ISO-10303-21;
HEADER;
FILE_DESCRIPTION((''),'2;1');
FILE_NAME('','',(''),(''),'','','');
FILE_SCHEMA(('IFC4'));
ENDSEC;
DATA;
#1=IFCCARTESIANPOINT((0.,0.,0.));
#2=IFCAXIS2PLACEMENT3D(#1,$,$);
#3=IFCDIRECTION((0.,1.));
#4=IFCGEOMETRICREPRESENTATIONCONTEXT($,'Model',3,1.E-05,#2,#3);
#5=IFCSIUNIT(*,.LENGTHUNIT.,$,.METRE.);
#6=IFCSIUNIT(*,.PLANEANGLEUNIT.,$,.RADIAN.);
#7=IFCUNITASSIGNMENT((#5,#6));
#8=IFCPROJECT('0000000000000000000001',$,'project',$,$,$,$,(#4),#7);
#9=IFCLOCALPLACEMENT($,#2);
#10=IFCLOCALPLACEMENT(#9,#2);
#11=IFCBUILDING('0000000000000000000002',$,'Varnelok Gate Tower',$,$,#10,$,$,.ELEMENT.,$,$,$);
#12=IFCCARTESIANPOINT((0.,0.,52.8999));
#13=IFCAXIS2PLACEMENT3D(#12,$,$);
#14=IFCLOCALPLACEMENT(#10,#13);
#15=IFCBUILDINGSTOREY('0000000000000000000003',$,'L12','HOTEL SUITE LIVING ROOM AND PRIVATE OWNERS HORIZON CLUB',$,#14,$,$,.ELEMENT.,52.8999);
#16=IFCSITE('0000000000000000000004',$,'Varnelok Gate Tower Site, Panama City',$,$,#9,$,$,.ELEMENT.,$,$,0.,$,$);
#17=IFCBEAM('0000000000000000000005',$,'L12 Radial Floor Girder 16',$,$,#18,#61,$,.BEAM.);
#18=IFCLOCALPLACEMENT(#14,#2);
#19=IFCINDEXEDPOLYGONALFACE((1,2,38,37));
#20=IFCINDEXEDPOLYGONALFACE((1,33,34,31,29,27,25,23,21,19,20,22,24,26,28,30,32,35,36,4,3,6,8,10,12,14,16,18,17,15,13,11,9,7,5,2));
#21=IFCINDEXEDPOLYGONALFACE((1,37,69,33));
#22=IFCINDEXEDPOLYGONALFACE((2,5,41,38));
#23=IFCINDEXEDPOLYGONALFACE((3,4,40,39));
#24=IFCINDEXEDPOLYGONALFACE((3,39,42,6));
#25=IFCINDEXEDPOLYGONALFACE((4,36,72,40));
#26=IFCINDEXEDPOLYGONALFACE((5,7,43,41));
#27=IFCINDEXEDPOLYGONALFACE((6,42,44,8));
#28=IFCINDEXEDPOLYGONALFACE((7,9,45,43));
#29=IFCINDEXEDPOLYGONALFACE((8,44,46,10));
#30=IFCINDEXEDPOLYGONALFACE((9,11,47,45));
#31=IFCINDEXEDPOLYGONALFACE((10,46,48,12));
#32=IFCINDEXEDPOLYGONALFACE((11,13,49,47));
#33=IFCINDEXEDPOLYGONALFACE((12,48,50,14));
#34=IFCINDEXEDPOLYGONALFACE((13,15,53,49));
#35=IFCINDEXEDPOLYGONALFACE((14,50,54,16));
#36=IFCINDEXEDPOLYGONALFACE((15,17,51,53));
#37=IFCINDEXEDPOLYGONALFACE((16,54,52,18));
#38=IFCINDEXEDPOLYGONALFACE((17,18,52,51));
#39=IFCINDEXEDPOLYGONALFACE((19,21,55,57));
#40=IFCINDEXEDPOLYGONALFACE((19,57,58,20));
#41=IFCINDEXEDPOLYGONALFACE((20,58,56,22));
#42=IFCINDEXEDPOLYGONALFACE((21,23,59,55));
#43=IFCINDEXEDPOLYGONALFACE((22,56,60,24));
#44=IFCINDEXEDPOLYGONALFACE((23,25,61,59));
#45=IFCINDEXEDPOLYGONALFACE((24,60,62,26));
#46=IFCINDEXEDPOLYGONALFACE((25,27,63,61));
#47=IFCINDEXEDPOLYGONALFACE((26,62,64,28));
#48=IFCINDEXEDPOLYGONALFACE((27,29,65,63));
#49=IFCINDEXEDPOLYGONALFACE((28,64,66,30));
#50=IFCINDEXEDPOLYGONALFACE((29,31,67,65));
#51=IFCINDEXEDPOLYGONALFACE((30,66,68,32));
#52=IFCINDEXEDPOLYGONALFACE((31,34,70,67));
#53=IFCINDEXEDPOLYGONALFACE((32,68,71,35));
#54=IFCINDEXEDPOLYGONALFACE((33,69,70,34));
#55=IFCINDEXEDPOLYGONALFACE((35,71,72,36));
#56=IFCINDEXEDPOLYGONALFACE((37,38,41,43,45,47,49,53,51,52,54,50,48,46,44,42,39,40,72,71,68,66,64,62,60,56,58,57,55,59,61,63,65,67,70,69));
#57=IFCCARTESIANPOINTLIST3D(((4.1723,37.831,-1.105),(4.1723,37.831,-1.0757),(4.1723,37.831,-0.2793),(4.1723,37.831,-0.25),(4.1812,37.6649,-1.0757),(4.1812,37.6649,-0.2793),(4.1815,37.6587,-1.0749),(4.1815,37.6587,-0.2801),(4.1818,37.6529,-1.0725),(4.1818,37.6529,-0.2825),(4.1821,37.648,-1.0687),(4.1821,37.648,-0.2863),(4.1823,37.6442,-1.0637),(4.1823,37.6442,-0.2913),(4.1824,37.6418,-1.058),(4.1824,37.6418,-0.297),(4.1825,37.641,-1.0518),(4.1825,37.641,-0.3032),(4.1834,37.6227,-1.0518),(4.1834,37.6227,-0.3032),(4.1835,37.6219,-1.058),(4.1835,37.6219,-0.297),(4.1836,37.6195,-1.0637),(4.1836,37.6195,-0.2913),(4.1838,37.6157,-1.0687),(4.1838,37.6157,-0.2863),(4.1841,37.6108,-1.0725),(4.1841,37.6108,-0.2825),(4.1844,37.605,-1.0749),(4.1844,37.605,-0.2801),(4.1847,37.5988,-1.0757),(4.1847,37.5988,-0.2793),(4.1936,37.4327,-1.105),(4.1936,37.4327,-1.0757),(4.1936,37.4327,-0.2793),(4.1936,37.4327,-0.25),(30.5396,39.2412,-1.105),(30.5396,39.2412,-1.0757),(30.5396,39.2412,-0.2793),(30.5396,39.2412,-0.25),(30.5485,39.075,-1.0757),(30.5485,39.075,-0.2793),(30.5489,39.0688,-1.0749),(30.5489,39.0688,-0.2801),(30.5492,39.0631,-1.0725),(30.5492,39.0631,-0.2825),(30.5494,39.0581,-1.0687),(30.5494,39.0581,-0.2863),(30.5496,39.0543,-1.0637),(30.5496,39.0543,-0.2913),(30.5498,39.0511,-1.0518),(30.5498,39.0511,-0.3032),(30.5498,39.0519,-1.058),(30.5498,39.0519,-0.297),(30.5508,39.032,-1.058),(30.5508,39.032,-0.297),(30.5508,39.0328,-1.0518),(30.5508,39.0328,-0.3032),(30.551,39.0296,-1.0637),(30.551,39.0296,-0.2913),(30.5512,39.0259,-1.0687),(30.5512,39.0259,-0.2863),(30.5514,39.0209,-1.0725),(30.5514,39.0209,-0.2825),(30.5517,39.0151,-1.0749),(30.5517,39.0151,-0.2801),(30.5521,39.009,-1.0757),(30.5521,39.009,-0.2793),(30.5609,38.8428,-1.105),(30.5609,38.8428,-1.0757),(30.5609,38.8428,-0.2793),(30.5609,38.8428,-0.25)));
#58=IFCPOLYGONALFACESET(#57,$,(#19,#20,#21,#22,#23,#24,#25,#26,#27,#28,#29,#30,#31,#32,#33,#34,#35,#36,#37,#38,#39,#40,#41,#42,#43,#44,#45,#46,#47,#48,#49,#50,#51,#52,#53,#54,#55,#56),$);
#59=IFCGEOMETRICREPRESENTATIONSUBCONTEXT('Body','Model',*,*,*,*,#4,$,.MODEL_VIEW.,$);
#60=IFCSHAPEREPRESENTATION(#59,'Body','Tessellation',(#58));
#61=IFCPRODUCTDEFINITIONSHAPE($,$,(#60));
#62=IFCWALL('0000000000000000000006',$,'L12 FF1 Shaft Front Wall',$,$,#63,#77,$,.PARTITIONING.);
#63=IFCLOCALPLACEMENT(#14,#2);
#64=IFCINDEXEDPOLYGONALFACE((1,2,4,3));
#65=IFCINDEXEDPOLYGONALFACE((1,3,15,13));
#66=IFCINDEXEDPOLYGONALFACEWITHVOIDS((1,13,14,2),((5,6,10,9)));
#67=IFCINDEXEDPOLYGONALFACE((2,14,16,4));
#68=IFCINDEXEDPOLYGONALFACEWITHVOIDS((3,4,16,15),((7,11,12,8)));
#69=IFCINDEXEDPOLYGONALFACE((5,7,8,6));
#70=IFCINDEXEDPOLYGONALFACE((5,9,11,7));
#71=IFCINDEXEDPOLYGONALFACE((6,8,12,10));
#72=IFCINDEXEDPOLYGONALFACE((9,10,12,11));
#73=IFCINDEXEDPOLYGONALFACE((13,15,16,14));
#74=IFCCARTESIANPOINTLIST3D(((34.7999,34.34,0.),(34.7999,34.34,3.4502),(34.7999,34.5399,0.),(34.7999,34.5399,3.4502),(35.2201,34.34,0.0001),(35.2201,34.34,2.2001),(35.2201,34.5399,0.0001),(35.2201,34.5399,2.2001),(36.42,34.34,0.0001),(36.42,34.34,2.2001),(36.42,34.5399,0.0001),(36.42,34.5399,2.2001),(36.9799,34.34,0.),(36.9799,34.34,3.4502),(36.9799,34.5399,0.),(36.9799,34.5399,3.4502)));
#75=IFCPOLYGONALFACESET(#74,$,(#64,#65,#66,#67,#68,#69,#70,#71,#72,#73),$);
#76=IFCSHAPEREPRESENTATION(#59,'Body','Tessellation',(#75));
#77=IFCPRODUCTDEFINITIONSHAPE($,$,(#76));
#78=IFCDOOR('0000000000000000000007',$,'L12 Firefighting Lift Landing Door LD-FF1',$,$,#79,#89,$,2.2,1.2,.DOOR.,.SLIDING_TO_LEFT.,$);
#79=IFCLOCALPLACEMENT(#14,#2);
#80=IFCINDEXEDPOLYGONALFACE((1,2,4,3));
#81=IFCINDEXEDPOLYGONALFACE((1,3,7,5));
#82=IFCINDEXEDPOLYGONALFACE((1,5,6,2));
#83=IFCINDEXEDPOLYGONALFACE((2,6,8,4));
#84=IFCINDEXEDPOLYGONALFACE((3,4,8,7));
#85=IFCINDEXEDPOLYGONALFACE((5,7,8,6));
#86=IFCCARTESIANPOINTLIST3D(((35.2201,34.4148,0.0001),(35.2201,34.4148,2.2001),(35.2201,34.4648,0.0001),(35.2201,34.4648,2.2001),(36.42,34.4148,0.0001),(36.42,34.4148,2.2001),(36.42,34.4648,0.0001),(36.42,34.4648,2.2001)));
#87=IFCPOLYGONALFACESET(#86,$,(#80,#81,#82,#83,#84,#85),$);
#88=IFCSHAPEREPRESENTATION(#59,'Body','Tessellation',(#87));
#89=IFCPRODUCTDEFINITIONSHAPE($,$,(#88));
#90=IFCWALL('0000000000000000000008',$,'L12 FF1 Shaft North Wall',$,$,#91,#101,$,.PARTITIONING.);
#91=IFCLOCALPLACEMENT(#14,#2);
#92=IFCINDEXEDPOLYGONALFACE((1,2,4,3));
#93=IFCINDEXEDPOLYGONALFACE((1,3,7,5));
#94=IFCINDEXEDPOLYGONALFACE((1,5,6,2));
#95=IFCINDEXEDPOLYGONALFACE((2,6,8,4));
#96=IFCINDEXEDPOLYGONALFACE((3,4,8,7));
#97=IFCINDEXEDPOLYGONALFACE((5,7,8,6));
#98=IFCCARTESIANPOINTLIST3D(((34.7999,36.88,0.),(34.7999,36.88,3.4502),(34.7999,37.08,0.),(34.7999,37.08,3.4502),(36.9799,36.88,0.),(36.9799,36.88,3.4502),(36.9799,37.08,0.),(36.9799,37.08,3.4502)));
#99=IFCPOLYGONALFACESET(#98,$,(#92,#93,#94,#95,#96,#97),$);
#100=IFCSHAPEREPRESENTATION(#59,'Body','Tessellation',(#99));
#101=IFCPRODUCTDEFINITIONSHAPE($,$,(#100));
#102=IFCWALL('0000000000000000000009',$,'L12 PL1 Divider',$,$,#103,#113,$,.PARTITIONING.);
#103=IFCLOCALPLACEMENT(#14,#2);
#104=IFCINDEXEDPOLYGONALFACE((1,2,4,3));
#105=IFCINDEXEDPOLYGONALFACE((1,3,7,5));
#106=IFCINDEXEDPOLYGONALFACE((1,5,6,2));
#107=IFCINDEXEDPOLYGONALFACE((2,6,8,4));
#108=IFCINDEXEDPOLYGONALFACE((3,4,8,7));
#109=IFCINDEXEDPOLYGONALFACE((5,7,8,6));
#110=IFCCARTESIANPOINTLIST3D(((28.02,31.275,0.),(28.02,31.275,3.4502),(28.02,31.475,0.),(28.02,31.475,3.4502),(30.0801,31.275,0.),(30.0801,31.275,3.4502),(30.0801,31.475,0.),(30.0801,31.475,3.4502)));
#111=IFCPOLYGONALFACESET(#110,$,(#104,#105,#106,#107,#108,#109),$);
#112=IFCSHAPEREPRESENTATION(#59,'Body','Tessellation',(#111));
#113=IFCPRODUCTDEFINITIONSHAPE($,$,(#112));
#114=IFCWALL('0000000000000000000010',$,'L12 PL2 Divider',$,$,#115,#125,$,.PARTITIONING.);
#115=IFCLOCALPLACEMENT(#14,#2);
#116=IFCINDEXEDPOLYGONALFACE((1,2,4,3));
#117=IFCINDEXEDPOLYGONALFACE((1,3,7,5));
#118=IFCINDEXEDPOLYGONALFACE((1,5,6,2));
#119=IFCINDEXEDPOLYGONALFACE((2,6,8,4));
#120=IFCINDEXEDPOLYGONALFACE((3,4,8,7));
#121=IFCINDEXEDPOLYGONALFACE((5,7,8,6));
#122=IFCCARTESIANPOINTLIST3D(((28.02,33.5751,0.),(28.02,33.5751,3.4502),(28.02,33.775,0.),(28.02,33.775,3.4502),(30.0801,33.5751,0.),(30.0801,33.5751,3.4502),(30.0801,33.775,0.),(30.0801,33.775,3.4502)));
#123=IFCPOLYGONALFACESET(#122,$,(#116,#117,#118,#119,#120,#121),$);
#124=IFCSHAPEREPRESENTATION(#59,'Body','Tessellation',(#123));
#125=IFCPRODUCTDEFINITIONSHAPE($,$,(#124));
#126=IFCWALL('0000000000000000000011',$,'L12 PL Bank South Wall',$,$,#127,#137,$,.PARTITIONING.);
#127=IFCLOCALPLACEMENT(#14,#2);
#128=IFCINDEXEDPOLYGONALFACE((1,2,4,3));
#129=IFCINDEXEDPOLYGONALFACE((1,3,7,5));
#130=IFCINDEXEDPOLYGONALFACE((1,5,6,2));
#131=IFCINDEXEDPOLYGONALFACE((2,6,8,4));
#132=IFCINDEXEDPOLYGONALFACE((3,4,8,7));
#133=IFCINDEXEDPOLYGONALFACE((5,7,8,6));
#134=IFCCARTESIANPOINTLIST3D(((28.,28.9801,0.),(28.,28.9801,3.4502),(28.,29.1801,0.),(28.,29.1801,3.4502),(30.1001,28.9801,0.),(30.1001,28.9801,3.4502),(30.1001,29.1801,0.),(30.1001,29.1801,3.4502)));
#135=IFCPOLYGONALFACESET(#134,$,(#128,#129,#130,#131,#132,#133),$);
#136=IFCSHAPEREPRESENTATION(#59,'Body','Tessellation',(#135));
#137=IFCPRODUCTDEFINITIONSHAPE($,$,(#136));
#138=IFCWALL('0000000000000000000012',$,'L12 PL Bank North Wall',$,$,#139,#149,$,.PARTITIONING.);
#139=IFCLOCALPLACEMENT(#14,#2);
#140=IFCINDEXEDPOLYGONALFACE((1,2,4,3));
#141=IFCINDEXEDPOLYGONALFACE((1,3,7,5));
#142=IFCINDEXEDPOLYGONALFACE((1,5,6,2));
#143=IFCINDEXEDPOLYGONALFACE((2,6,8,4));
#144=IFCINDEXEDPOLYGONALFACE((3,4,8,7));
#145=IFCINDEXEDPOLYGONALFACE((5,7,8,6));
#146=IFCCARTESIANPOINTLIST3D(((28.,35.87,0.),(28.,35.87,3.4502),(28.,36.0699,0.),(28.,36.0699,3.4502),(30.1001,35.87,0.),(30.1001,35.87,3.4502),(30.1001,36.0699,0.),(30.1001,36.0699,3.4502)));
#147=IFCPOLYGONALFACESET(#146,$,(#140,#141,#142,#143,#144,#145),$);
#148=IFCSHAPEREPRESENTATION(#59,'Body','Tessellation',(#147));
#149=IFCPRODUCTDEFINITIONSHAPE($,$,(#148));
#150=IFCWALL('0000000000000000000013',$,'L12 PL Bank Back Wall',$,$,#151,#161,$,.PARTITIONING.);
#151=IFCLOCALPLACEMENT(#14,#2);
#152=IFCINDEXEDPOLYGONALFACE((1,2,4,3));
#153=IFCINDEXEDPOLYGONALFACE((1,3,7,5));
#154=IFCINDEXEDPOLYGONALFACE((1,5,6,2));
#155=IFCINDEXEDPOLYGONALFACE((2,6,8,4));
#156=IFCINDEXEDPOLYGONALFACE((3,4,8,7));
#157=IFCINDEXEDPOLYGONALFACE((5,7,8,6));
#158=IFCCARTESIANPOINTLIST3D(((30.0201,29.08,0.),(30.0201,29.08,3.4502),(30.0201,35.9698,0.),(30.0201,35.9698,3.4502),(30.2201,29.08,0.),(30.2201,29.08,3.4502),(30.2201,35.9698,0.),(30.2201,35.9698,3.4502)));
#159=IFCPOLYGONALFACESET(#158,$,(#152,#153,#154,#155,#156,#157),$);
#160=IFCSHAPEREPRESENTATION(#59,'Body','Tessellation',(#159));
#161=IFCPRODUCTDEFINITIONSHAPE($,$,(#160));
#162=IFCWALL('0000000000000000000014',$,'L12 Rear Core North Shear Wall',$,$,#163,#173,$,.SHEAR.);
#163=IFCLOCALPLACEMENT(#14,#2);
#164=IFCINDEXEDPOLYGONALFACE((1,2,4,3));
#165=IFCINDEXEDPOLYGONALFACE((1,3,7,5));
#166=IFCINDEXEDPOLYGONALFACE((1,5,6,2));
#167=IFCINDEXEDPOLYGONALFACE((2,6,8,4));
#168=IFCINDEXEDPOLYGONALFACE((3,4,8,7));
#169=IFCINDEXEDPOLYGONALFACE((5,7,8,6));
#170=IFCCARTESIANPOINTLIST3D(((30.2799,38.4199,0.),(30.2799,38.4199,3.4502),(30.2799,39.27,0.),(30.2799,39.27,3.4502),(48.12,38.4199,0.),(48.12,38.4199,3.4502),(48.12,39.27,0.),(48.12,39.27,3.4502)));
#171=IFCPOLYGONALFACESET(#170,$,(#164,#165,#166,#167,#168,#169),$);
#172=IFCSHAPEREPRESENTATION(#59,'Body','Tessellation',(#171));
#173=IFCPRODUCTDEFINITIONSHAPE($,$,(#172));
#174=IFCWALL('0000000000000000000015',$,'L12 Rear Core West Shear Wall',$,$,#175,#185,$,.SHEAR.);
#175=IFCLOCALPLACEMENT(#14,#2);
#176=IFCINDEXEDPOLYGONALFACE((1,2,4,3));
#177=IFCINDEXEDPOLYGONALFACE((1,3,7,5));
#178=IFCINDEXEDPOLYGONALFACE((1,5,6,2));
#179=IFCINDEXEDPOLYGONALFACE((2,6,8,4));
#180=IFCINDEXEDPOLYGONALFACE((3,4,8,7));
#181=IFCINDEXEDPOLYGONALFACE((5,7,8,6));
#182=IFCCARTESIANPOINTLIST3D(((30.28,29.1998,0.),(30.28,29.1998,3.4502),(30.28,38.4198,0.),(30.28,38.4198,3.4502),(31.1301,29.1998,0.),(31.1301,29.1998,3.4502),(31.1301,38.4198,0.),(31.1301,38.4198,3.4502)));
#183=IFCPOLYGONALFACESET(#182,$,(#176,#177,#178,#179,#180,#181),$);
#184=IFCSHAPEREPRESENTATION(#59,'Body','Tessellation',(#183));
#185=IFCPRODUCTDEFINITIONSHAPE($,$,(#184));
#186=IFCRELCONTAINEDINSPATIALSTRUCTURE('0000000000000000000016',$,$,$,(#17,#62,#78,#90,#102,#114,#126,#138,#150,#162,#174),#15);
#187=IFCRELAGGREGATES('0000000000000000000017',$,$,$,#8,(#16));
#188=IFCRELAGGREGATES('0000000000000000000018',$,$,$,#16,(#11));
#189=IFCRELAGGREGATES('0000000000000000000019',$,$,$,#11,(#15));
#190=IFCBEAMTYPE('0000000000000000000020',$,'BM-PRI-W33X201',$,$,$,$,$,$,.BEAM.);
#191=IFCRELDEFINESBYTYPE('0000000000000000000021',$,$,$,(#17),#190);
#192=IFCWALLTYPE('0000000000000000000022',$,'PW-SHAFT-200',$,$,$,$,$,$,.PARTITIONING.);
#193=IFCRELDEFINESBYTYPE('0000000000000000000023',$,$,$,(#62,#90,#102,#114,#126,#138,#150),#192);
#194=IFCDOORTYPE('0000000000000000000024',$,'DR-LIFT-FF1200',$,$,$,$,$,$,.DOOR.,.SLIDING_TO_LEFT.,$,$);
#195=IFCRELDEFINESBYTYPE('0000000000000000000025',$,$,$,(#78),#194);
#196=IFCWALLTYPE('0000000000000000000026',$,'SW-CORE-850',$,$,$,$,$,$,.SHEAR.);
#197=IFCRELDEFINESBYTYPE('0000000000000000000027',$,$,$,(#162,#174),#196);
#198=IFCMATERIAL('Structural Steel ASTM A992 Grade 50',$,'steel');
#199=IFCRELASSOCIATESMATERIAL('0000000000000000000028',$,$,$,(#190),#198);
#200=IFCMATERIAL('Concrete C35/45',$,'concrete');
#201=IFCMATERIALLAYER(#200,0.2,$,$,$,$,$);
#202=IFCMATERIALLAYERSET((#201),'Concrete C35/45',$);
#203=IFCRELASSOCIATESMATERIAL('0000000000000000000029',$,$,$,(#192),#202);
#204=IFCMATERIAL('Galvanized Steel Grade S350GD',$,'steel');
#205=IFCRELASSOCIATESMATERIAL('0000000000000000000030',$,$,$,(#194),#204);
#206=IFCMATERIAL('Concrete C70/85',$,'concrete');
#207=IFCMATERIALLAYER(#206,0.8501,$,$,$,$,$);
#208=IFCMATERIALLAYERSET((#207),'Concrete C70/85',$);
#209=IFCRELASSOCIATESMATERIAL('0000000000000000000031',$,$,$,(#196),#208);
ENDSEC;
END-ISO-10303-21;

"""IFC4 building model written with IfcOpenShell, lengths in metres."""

from ifc_helpers import new_model, si_unit, direction, frame, frame_2d, origin, origin_2d, place, context, subcontext, project, spatial, rectangle, i_section, extrude, material, layer, layer_set, material_profile, profile_set, type_object, element, fill, save


model = new_model("IFC4")

# Units and contexts
model_context = context("Model", 3, precision=1e-05, world=origin(), true_north=direction((0.0, 1.0)))
body_context = subcontext(model_context, "Body", "Model", "MODEL_VIEW")
ifc_project = project(units=[si_unit("LENGTHUNIT", "METRE"), si_unit("PLANEANGLEUNIT", "RADIAN")], contexts=[model_context])

# Site, building, storey
site_placement = place(None, origin())
site = spatial("IfcSite", under=ifc_project, at=site_placement, Name="Varnelok Gate Tower Site, Panama City", CompositionType="ELEMENT", RefElevation=0.0)
building_placement = place(site_placement, origin())
building = spatial("IfcBuilding", under=site, at=building_placement, Name="Varnelok Gate Tower", CompositionType="ELEMENT")
storey_placement = place(building_placement, frame((0.0, 0.0, 52.8999)))
storey = spatial("IfcBuildingStorey", under=building, at=storey_placement, Name="L12", Description="HOTEL SUITE LIVING ROOM AND PRIVATE OWNERS HORIZON CLUB", CompositionType="ELEMENT", Elevation=52.8999)

# Beam
ifc_material_1 = material(Name="Structural Steel ASTM A992 Grade 50", Category="steel")
ifc_material_profile = material_profile(ifc_material_1, i_section(OverallWidth=0.3989, OverallDepth=0.855, WebThickness=0.0183, FlangeThickness=0.0293, FilletRadius=0.0239, at=origin_2d()), Name="W33X201")
ifc_profile_set = profile_set([ifc_material_profile], Name="Structural Steel ASTM A992 Grade 50")
beam_type = type_object("IfcBeamType", Name="BM-PRI-W33X201", PredefinedType="BEAM", material=ifc_profile_set)
beam_placement = place(storey_placement, frame((30.5503, 39.042, -0.6775), z_axis=(-0.998573, -0.053405, 0.0), x_axis=(0.053405, -0.998573, 0.0)))
element("IfcBeam", 1, at=beam_placement, inside=storey, type_object=beam_type, Name="L12 Radial Floor Girder 16", PredefinedType="BEAM", context=body_context, shape_type="SweptSolid", body=[
    extrude(i_section(OverallWidth=0.3989, OverallDepth=0.855, WebThickness=0.0183, FlangeThickness=0.0293, FilletRadius=0.0239, at=origin_2d()), origin(), (0.0, 0.0, 1.0), 26.405),
])

# Wall, opening, door
ifc_material_2 = material(Name="Concrete C35/45", Category="concrete")
ifc_layer_1 = layer(ifc_material_2, 0.2)
ifc_layer_set_1 = layer_set([ifc_layer_1], Name="Concrete C35/45")
wall_type_1 = type_object("IfcWallType", Name="PW-SHAFT-200", PredefinedType="PARTITIONING", material=ifc_layer_set_1)
wall_1_placement = place(storey_placement, frame((34.8, 34.4399, 0.0), z_axis=(0.0, 0.0, 1.0), x_axis=(1.0, 0.0, 0.0)))
wall_1 = element("IfcWall", 2, at=wall_1_placement, inside=storey, type_object=wall_type_1, Name="L12 FF1 Shaft Front Wall", PredefinedType="PARTITIONING", context=body_context, shape_type="SweptSolid", body=[
    extrude(rectangle(XDim=2.1799, YDim=0.2, at=frame_2d((1.0898, 0.0))), origin(), (0.0, 0.0, 1.0), 3.4502),
])
opening_1_placement = place(wall_1_placement, frame((0.4199, 0.0, 0.0)))
opening_1 = element("IfcOpeningElement", 3, at=opening_1_placement, cuts=wall_1, PredefinedType="OPENING", context=body_context, shape_type="SweptSolid", body=[
    extrude(rectangle(XDim=1.2, YDim=2.2, at=frame_2d((0.6001, 1.1001))), frame((0.0, 0.1099, 0.0), z_axis=(0.0, -1.0, 0.0), x_axis=(1.0, 0.0, 0.0)), (0.0, 0.0, 1.0), 0.22),
])
ifc_material_3 = material(Name="Galvanized Steel Grade S350GD", Category="steel")
door_type_1 = type_object("IfcDoorType", Name="DR-LIFT-FF1200", OperationType="SLIDING_TO_LEFT", PredefinedType="DOOR", material=ifc_material_3)
door_1_placement = place(opening_1_placement, origin())
door_1 = element("IfcDoor", 4, at=door_1_placement, inside=storey, type_object=door_type_1, Name="L12 Firefighting Lift Landing Door LD-FF1", OperationType="SLIDING_TO_LEFT", OverallHeight=2.2, OverallWidth=1.2, PredefinedType="DOOR", context=body_context, shape_type="SweptSolid", body=[
    extrude(rectangle(XDim=1.2, YDim=2.2, at=frame_2d((0.6001, 1.1001))), frame((0.0, 0.0249, 0.0), z_axis=(0.0, -1.0, 0.0), x_axis=(1.0, 0.0, 0.0)), (0.0, 0.0, 1.0), 0.05),
])
fill(opening_1, door_1)

# Walls
wall_2_placement = place(storey_placement, frame((34.8, 36.98, 0.0), z_axis=(0.0, 0.0, 1.0), x_axis=(1.0, 0.0, 0.0)))
element("IfcWall", 5, at=wall_2_placement, inside=storey, type_object=wall_type_1, Name="L12 FF1 Shaft North Wall", PredefinedType="PARTITIONING", context=body_context, shape_type="SweptSolid", body=[
    extrude(rectangle(XDim=2.1799, YDim=0.2, at=frame_2d((1.0898, 0.0))), origin(), (0.0, 0.0, 1.0), 3.4502),
])
for number, where, z_axis, x_axis, name in (
    (6, (28.02, 31.375, 0.0), (0.0, 0.0, 1.0), (1.0, 0.0, 0.0), "L12 PL1 Divider"),
    (7, (28.02, 33.675, 0.0), (0.0, 0.0, 1.0), (1.0, 0.0, 0.0), "L12 PL2 Divider"),
):
    element("IfcWall", number, at=place(storey_placement, frame(where, z_axis=z_axis, x_axis=x_axis)), inside=storey, type_object=wall_type_1, Name=name, PredefinedType="PARTITIONING", context=body_context, shape_type="SweptSolid", body=[
        extrude(rectangle(XDim=2.0601, YDim=0.2, at=frame_2d((1.03, 0.0))), origin(), (0.0, 0.0, 1.0), 3.4502),
    ])
for number, where, z_axis, x_axis, name in (
    (8, (28.0, 29.0801, 0.0), (0.0, 0.0, 1.0), (1.0, 0.0, 0.0), "L12 PL Bank South Wall"),
    (9, (28.0, 35.97, 0.0), (0.0, 0.0, 1.0), (1.0, 0.0, 0.0), "L12 PL Bank North Wall"),
):
    element("IfcWall", number, at=place(storey_placement, frame(where, z_axis=z_axis, x_axis=x_axis)), inside=storey, type_object=wall_type_1, Name=name, PredefinedType="PARTITIONING", context=body_context, shape_type="SweptSolid", body=[
        extrude(rectangle(XDim=2.1001, YDim=0.2, at=frame_2d((1.05, 0.0))), origin(), (0.0, 0.0, 1.0), 3.4502),
    ])
wall_3_placement = place(storey_placement, frame((30.1201, 29.0801, 0.0), z_axis=(0.0, 0.0, 1.0), x_axis=(0.0, 1.0, 0.0)))
element("IfcWall", 10, at=wall_3_placement, inside=storey, type_object=wall_type_1, Name="L12 PL Bank Back Wall", PredefinedType="PARTITIONING", context=body_context, shape_type="SweptSolid", body=[
    extrude(rectangle(XDim=6.8899, YDim=0.2, at=frame_2d((3.4448, 0.0))), origin(), (0.0, 0.0, 1.0), 3.4502),
])

# Walls
ifc_material_4 = material(Name="Concrete C70/85", Category="concrete")
ifc_layer_2 = layer(ifc_material_4, 0.8501)
ifc_layer_set_2 = layer_set([ifc_layer_2], Name="Concrete C70/85")
wall_type_2 = type_object("IfcWallType", Name="SW-CORE-850", PredefinedType="SHEAR", material=ifc_layer_set_2)
wall_4_placement = place(storey_placement, frame((30.28, 38.845, 0.0), z_axis=(0.0, 0.0, 1.0), x_axis=(1.0, 0.0, 0.0)))
element("IfcWall", 11, at=wall_4_placement, inside=storey, type_object=wall_type_2, Name="L12 Rear Core North Shear Wall", PredefinedType="SHEAR", context=body_context, shape_type="SweptSolid", body=[
    extrude(rectangle(XDim=17.8401, YDim=0.8501, at=frame_2d((8.9199, 0.0))), origin(), (0.0, 0.0, 1.0), 3.4502),
])
wall_5_placement = place(storey_placement, frame((30.7051, 29.2, 0.0), z_axis=(0.0, 0.0, 1.0), x_axis=(0.0, 1.0, 0.0)))
element("IfcWall", 12, at=wall_5_placement, inside=storey, type_object=wall_type_2, Name="L12 Rear Core West Shear Wall", PredefinedType="SHEAR", context=body_context, shape_type="SweptSolid", body=[
    extrude(rectangle(XDim=9.22, YDim=0.8501, at=frame_2d((4.6099, 0.0))), origin(), (0.0, 0.0, 1.0), 3.4502),
])

save(model, "model.ifc")
